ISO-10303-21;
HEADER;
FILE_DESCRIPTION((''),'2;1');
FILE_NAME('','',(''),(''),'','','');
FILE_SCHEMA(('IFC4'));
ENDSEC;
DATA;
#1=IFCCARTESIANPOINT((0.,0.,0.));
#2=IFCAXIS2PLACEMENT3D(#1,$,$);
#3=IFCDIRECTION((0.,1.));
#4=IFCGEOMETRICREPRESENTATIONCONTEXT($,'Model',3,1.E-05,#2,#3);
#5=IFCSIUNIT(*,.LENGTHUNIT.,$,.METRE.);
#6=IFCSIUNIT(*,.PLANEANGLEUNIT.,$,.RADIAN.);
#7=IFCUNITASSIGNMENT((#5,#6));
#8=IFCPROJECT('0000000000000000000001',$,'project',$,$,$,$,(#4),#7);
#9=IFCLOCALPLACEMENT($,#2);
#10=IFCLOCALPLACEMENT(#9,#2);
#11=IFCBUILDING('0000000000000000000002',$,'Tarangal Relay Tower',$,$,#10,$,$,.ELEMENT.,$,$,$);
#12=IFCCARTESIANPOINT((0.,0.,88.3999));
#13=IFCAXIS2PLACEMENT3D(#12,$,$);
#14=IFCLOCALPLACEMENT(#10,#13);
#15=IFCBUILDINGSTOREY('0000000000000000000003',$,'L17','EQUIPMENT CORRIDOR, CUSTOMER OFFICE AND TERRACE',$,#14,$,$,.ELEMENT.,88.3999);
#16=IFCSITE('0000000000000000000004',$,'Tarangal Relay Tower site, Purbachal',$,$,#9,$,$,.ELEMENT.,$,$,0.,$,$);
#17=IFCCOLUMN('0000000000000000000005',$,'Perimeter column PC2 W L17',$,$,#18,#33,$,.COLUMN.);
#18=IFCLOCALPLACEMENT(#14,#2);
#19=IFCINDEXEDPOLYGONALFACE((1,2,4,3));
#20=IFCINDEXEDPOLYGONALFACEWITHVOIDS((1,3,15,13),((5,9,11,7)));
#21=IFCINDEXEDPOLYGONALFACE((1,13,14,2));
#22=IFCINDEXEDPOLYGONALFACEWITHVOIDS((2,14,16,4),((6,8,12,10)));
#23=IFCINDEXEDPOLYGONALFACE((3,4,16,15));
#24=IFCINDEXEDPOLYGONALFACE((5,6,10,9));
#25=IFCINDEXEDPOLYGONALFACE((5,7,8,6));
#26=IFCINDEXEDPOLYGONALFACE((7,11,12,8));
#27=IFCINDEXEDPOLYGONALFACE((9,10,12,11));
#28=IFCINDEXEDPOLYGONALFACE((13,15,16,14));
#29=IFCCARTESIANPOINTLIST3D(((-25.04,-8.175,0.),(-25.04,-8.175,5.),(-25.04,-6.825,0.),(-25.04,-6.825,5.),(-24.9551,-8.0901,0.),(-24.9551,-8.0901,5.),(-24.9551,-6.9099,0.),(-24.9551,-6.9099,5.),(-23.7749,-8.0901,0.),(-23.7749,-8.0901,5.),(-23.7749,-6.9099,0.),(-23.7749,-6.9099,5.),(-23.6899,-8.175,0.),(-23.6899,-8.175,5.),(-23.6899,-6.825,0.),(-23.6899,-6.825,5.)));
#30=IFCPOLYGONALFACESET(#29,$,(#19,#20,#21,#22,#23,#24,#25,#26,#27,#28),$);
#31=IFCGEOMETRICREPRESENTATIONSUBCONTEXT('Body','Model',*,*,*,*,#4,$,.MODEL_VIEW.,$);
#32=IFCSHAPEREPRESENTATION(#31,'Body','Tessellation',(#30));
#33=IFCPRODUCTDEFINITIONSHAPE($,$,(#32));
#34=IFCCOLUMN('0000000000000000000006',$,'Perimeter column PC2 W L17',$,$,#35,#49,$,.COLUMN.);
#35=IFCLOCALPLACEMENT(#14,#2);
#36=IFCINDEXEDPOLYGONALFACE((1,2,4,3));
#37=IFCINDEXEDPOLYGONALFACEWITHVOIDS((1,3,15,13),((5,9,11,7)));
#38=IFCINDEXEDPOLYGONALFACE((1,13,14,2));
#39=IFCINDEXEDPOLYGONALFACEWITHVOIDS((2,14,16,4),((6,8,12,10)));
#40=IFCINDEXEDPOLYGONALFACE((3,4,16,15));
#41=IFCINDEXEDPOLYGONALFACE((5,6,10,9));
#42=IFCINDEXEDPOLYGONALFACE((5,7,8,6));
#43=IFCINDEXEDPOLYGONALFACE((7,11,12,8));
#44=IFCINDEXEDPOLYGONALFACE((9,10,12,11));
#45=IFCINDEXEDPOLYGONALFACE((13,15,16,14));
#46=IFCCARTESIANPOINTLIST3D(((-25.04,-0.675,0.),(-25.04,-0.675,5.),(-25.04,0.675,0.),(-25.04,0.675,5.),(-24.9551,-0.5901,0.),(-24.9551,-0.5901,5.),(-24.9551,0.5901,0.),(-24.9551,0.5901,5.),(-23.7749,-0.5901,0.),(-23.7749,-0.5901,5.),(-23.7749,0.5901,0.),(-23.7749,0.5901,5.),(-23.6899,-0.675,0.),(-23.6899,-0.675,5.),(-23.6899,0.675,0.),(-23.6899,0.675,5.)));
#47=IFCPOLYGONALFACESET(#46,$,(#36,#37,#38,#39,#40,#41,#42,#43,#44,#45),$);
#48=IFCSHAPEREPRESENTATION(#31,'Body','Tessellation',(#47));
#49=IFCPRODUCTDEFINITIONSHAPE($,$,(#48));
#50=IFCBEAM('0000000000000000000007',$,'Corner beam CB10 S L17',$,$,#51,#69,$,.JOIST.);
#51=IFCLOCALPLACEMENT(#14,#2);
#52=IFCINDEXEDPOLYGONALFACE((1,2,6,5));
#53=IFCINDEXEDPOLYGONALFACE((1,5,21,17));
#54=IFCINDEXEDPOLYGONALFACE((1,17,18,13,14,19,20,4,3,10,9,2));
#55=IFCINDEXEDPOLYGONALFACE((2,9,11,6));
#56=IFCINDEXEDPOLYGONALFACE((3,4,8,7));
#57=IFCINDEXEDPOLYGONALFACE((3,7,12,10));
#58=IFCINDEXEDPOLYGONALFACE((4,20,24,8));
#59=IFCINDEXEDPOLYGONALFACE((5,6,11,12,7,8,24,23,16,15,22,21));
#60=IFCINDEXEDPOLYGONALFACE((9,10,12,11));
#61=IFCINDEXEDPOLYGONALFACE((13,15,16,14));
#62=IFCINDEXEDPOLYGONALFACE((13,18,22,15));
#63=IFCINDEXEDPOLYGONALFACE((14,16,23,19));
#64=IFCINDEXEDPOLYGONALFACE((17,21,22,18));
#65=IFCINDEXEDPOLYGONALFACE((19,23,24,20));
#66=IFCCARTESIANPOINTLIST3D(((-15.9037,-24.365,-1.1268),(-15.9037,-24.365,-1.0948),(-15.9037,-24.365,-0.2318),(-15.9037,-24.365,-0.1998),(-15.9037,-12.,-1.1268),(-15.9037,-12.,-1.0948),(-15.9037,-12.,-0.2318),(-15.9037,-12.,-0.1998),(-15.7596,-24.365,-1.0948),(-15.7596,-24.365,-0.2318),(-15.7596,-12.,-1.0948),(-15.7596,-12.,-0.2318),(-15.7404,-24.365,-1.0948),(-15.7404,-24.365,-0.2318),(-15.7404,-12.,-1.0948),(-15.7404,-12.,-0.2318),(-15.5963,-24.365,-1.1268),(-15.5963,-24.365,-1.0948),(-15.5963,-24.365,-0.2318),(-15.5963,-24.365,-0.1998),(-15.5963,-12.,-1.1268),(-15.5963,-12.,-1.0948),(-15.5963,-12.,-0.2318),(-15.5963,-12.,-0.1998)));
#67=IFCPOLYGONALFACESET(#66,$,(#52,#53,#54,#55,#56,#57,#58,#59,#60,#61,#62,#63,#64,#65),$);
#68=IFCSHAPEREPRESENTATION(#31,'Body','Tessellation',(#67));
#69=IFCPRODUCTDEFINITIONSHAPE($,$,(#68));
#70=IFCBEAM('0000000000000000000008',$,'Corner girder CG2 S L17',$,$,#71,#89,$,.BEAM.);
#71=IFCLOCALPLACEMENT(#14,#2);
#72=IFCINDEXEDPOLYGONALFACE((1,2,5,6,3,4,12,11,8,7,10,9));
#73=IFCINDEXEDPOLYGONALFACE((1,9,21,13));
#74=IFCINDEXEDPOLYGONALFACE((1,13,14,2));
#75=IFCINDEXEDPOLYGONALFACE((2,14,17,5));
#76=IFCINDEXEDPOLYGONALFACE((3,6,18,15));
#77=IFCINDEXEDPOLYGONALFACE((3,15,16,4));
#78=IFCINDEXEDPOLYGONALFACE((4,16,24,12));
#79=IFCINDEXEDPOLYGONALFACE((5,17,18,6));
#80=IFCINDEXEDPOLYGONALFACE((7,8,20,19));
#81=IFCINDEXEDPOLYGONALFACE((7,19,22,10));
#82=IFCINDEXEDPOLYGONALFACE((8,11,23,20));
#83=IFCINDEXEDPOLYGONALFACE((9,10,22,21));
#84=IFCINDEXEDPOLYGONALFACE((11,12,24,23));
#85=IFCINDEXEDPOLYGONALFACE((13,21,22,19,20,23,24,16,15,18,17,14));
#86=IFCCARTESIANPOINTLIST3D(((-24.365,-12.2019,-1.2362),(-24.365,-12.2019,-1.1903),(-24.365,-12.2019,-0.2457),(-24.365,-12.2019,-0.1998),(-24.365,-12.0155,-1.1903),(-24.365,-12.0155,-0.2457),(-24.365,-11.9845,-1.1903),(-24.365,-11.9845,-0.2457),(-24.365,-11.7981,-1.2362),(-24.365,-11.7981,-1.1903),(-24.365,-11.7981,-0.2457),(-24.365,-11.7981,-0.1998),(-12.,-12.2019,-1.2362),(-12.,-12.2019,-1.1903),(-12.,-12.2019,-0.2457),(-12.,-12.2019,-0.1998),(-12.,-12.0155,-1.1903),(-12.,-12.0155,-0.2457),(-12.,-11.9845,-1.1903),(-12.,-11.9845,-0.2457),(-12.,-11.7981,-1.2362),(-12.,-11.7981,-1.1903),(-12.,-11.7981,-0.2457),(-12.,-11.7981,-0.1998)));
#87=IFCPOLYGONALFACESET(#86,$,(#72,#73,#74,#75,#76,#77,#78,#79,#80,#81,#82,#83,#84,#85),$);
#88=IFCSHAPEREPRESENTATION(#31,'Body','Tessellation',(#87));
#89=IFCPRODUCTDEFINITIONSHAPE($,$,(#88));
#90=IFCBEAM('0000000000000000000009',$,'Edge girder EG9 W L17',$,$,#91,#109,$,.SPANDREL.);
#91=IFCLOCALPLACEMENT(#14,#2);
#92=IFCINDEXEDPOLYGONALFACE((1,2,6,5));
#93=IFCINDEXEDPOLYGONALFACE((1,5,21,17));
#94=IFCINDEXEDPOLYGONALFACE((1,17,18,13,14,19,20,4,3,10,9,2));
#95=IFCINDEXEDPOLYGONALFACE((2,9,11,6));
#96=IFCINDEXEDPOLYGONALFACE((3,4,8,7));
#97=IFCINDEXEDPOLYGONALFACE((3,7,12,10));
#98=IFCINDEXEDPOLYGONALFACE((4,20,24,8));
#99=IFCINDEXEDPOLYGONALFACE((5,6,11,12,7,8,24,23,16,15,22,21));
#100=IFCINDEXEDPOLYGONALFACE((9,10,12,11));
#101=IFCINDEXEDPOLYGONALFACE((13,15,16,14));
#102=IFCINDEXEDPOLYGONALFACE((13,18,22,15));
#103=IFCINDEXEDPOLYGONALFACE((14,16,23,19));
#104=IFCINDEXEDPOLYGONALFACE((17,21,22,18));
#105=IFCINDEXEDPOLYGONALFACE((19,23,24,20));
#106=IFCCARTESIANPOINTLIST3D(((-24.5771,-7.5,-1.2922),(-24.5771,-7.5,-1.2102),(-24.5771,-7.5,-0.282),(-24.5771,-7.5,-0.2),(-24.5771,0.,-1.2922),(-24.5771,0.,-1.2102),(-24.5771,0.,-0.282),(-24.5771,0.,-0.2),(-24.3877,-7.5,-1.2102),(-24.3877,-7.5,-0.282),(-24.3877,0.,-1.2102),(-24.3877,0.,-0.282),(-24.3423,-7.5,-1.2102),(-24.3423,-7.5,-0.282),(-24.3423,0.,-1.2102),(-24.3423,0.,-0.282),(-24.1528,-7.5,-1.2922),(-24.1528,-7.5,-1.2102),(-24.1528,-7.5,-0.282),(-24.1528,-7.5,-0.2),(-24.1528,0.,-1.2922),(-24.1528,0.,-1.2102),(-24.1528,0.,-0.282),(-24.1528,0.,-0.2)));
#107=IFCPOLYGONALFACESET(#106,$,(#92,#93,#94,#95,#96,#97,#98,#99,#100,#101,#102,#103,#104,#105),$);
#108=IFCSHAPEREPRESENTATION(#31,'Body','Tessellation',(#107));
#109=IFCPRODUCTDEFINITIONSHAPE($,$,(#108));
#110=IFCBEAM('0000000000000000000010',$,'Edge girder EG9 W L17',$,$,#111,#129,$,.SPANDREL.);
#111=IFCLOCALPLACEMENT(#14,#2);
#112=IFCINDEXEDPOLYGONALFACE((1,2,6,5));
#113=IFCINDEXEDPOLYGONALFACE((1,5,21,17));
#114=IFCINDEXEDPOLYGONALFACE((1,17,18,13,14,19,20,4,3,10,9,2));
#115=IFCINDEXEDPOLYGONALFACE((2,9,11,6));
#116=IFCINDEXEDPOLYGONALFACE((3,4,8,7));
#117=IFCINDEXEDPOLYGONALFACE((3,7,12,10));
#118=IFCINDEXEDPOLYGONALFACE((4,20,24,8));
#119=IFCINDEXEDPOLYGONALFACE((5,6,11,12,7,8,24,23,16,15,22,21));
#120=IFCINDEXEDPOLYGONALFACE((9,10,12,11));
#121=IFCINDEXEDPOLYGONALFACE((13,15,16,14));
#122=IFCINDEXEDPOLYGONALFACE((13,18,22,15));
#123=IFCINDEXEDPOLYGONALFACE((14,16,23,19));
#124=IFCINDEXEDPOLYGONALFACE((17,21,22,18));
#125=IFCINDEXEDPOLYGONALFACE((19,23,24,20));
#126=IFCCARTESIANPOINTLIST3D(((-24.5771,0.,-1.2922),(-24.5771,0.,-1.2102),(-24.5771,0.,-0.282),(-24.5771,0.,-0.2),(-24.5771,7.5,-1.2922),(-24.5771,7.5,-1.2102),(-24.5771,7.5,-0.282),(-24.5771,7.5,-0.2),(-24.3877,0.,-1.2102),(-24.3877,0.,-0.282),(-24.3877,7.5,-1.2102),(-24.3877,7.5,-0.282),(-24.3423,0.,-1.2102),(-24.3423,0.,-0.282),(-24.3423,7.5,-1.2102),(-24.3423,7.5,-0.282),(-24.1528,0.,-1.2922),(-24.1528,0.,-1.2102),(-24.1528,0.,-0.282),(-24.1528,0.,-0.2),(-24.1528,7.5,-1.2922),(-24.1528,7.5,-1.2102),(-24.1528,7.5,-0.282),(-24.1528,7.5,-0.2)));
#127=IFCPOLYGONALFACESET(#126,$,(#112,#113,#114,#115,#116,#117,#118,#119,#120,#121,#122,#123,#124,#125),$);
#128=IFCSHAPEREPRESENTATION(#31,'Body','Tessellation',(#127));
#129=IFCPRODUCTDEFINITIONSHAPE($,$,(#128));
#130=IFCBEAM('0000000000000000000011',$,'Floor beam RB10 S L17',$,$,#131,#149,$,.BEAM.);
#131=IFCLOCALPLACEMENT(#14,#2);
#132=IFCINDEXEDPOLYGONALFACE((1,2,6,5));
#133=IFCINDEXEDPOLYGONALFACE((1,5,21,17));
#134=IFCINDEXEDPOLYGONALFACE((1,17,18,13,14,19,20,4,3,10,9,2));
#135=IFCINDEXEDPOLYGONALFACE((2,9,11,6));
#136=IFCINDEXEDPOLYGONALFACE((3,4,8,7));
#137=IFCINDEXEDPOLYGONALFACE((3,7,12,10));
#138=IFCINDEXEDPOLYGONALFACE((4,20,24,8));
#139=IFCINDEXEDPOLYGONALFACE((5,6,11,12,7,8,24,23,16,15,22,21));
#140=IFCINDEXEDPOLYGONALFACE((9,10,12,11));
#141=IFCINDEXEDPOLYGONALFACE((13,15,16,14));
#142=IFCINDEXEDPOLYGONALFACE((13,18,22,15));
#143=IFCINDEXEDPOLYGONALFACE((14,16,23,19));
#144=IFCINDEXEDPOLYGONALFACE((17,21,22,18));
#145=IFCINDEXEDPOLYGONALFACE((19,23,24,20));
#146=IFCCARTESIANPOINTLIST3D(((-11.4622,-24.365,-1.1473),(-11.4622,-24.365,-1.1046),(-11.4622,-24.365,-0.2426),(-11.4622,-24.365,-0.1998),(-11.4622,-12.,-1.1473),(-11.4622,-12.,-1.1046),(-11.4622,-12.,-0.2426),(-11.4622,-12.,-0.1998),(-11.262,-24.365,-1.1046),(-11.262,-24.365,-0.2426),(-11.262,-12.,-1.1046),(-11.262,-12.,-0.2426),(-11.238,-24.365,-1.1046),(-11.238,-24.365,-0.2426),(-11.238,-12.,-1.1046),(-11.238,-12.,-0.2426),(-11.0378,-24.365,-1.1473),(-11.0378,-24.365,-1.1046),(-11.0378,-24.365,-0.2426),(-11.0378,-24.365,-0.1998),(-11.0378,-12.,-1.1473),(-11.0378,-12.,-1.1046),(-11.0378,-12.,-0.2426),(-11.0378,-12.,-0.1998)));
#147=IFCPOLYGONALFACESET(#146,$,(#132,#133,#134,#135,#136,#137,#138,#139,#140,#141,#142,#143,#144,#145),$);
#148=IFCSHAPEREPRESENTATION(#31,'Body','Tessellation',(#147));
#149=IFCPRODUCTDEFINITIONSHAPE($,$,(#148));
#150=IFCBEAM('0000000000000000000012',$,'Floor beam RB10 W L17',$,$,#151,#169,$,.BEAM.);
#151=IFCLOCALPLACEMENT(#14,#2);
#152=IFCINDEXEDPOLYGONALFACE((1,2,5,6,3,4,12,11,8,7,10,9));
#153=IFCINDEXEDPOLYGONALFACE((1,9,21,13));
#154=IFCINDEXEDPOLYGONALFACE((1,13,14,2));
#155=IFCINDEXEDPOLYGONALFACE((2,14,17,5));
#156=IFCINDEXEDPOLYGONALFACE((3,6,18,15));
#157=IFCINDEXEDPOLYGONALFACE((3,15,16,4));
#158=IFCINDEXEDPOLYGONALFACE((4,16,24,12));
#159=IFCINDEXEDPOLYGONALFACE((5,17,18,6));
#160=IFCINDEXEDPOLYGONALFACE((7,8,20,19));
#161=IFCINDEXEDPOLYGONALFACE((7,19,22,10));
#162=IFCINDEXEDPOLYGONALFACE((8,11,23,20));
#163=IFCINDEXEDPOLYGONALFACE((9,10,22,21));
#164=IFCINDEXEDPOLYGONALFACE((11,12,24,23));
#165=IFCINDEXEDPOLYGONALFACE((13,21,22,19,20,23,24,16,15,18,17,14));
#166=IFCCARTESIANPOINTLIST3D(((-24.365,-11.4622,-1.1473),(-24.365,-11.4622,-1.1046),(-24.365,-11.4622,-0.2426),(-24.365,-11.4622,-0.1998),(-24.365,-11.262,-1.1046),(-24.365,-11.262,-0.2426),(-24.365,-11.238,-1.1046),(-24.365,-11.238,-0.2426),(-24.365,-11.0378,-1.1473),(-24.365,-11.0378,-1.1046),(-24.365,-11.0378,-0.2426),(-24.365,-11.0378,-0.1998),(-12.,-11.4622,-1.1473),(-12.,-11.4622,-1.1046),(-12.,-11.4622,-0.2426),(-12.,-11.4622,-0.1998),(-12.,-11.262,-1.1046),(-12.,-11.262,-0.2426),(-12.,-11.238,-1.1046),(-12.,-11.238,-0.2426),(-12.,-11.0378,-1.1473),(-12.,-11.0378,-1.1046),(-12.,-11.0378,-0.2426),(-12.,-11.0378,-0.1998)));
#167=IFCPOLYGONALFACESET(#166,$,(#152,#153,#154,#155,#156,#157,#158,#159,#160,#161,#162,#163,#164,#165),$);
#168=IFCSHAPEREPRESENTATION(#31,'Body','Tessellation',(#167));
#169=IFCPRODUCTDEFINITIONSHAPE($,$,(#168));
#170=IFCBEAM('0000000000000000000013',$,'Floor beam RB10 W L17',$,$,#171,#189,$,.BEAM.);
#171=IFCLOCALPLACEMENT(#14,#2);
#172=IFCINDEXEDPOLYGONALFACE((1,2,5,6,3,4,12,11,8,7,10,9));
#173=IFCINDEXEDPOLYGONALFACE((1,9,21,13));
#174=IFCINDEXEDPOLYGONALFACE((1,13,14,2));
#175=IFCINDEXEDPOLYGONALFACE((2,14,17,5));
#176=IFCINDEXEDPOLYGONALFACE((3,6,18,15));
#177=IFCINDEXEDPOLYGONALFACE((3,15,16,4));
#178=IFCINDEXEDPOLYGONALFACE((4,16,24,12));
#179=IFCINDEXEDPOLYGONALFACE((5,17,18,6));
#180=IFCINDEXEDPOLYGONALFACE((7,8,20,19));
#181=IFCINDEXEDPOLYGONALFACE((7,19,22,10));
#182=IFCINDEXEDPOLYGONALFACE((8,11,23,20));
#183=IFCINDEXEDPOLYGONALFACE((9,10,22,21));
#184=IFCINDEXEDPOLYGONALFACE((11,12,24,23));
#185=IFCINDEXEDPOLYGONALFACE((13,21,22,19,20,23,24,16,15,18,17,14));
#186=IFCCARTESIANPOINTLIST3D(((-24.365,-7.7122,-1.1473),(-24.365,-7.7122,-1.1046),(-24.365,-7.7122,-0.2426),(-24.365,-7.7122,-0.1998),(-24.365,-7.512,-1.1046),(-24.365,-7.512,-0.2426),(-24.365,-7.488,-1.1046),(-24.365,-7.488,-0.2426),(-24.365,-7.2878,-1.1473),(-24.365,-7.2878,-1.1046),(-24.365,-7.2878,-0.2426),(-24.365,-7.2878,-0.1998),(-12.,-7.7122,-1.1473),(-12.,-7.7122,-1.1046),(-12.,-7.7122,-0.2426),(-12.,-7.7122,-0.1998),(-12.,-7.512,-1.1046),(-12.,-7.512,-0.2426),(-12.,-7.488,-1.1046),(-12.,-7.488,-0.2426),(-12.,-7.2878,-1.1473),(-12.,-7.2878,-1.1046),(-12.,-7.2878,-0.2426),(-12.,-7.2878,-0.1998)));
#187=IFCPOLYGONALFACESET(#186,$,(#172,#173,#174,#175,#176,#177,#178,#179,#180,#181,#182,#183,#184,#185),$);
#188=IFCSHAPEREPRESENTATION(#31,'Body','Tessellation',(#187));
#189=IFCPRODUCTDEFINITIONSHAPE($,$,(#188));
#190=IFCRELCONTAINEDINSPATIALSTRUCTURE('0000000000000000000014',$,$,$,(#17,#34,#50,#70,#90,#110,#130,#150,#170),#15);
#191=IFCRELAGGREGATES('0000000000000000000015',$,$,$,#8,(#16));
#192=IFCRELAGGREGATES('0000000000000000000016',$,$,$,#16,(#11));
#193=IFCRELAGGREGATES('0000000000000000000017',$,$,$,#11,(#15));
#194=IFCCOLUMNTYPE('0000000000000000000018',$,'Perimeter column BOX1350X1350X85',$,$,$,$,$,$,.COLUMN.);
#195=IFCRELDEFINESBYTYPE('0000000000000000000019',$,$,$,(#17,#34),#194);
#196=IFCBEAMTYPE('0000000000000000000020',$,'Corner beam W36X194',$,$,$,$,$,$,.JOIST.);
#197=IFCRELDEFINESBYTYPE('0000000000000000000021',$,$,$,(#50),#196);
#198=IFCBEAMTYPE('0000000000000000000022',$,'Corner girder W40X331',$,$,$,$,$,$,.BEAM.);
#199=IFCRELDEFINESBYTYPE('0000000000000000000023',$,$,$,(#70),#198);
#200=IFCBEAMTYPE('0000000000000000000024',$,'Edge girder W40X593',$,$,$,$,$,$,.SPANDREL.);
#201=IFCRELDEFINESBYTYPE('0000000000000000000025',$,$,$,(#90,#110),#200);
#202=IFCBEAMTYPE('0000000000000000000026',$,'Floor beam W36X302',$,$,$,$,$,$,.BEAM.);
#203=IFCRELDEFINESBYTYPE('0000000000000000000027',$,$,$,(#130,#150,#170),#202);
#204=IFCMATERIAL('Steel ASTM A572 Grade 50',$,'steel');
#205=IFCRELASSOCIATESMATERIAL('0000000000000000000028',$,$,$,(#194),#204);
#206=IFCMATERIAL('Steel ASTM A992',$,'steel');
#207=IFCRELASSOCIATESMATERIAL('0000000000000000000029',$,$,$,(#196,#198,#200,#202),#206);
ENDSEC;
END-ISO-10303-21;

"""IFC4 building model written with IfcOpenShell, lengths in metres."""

from ifc_helpers import new_model, si_unit, direction, frame, origin, origin_2d, place, context, subcontext, project, spatial, hollow_rectangle, i_section, extrude, material, material_profile, profile_set, type_object, element, save


model = new_model("IFC4")

# Units and contexts
model_context = context("Model", 3, precision=1e-05, world=origin(), true_north=direction((0.0, 1.0)))
body_context = subcontext(model_context, "Body", "Model", "MODEL_VIEW")
ifc_project = project(units=[si_unit("LENGTHUNIT", "METRE"), si_unit("PLANEANGLEUNIT", "RADIAN")], contexts=[model_context])

# Site, building, storey
site_placement = place(None, origin())
site = spatial("IfcSite", under=ifc_project, at=site_placement, Name="Tarangal Relay Tower site, Purbachal", CompositionType="ELEMENT", RefElevation=0.0)
building_placement = place(site_placement, origin())
building = spatial("IfcBuilding", under=site, at=building_placement, Name="Tarangal Relay Tower", CompositionType="ELEMENT")
storey_placement = place(building_placement, frame((0.0, 0.0, 88.3999)))
storey = spatial("IfcBuildingStorey", under=building, at=storey_placement, Name="L17", Description="EQUIPMENT CORRIDOR, CUSTOMER OFFICE AND TERRACE", CompositionType="ELEMENT", Elevation=88.3999)

# Columns
ifc_material_1 = material(Name="Steel ASTM A572 Grade 50", Category="steel")
ifc_material_profile_1 = material_profile(ifc_material_1, hollow_rectangle(XDim=1.3501, YDim=1.3501, WallThickness=0.085, at=origin_2d()), Name="BOX1350X1350X85")
ifc_profile_set_1 = profile_set([ifc_material_profile_1], Name="Steel ASTM A572 Grade 50")
column_type = type_object("IfcColumnType", Name="Perimeter column BOX1350X1350X85", PredefinedType="COLUMN", material=ifc_profile_set_1)
for number, where, z_axis, x_axis, name in (
    (1, (-24.365, -7.5, 0.0), (0.0, 0.0, 1.0), (1.0, 0.0, 0.0), "Perimeter column PC2 W L17"),
    (2, (-24.365, 0.0, 0.0), (0.0, 0.0, 1.0), (1.0, 0.0, 0.0), "Perimeter column PC2 W L17"),
):
    element("IfcColumn", number, at=place(storey_placement, frame(where, z_axis=z_axis, x_axis=x_axis)), inside=storey, type_object=column_type, Name=name, PredefinedType="COLUMN", context=body_context, shape_type="SweptSolid", body=[
        extrude(hollow_rectangle(XDim=1.3501, YDim=1.3501, WallThickness=0.085, at=origin_2d()), origin(), (0.0, 0.0, 1.0), 5.0),
    ])

# Beams
ifc_material_2 = material(Name="Steel ASTM A992", Category="steel")
ifc_material_profile_2 = material_profile(ifc_material_2, i_section(OverallWidth=0.3074, OverallDepth=0.927, WebThickness=0.0193, FlangeThickness=0.032, at=origin_2d()), Name="W36X194")
ifc_profile_set_2 = profile_set([ifc_material_profile_2], Name="Steel ASTM A992")
beam_type_1 = type_object("IfcBeamType", Name="Corner beam W36X194", PredefinedType="JOIST", material=ifc_profile_set_2)
beam_1_placement = place(storey_placement, frame((-15.75, -12.0, -0.6633), z_axis=(0.0, -1.0, 0.0), x_axis=(1.0, 0.0, 0.0)))
element("IfcBeam", 3, at=beam_1_placement, inside=storey, type_object=beam_type_1, Name="Corner beam CB10 S L17", PredefinedType="JOIST", context=body_context, shape_type="SweptSolid", body=[
    extrude(i_section(OverallWidth=0.3074, OverallDepth=0.927, WebThickness=0.0193, FlangeThickness=0.032, at=origin_2d()), origin(), (0.0, 0.0, 1.0), 12.365),
])
ifc_material_profile_3 = material_profile(ifc_material_2, i_section(OverallWidth=0.4038, OverallDepth=1.0364, WebThickness=0.031, FlangeThickness=0.0459, at=origin_2d()), Name="W40X331")
ifc_profile_set_3 = profile_set([ifc_material_profile_3], Name="Steel ASTM A992")
beam_type_2 = type_object("IfcBeamType", Name="Corner girder W40X331", PredefinedType="BEAM", material=ifc_profile_set_3)
beam_2_placement = place(storey_placement, frame((-12.0, -12.0, -0.718), z_axis=(-1.0, 0.0, 0.0), x_axis=(0.0, -1.0, 0.0)))
element("IfcBeam", 4, at=beam_2_placement, inside=storey, type_object=beam_type_2, Name="Corner girder CG2 S L17", PredefinedType="BEAM", context=body_context, shape_type="SweptSolid", body=[
    extrude(i_section(OverallWidth=0.4038, OverallDepth=1.0364, WebThickness=0.031, FlangeThickness=0.0459, at=origin_2d()), origin(), (0.0, 0.0, 1.0), 12.365),
])
ifc_material_profile_4 = material_profile(ifc_material_2, i_section(OverallWidth=0.4243, OverallDepth=1.0923, WebThickness=0.0454, FlangeThickness=0.082, at=origin_2d()), Name="W40X593")
ifc_profile_set_4 = profile_set([ifc_material_profile_4], Name="Steel ASTM A992")
beam_type_3 = type_object("IfcBeamType", Name="Edge girder W40X593", PredefinedType="SPANDREL", material=ifc_profile_set_4)
for number, where, z_axis, x_axis, name in (
    (5, (-24.365, -7.5, -0.7461), (0.0, 1.0, 0.0), (-1.0, 0.0, 0.0), "Edge girder EG9 W L17"),
    (6, (-24.365, 0.0, -0.7461), (0.0, 1.0, 0.0), (-1.0, 0.0, 0.0), "Edge girder EG9 W L17"),
):
    element("IfcBeam", number, at=place(storey_placement, frame(where, z_axis=z_axis, x_axis=x_axis)), inside=storey, type_object=beam_type_3, Name=name, PredefinedType="SPANDREL", context=body_context, shape_type="SweptSolid", body=[
        extrude(i_section(OverallWidth=0.4243, OverallDepth=1.0923, WebThickness=0.0454, FlangeThickness=0.082, at=origin_2d()), origin(), (0.0, 0.0, 1.0), 7.5),
    ])
ifc_material_profile_5 = material_profile(ifc_material_2, i_section(OverallWidth=0.4243, OverallDepth=0.9475, WebThickness=0.0239, FlangeThickness=0.0427, at=origin_2d()), Name="W36X302")
ifc_profile_set_5 = profile_set([ifc_material_profile_5], Name="Steel ASTM A992")
beam_type_4 = type_object("IfcBeamType", Name="Floor beam W36X302", PredefinedType="BEAM", material=ifc_profile_set_5)
for number, where, z_axis, x_axis, name in (
    (7, (-11.25, -12.0, -0.6736), (0.0, -1.0, 0.0), (1.0, 0.0, 0.0), "Floor beam RB10 S L17"),
    (8, (-12.0, -11.25, -0.6736), (-1.0, 0.0, 0.0), (0.0, -1.0, 0.0), "Floor beam RB10 W L17"),
    (9, (-12.0, -7.5, -0.6736), (-1.0, 0.0, 0.0), (0.0, -1.0, 0.0), "Floor beam RB10 W L17"),
):
    element("IfcBeam", number, at=place(storey_placement, frame(where, z_axis=z_axis, x_axis=x_axis)), inside=storey, type_object=beam_type_4, Name=name, PredefinedType="BEAM", context=body_context, shape_type="SweptSolid", body=[
        extrude(i_section(OverallWidth=0.4243, OverallDepth=0.9475, WebThickness=0.0239, FlangeThickness=0.0427, at=origin_2d()), origin(), (0.0, 0.0, 1.0), 12.365),
    ])

save(model, "model.ifc")
